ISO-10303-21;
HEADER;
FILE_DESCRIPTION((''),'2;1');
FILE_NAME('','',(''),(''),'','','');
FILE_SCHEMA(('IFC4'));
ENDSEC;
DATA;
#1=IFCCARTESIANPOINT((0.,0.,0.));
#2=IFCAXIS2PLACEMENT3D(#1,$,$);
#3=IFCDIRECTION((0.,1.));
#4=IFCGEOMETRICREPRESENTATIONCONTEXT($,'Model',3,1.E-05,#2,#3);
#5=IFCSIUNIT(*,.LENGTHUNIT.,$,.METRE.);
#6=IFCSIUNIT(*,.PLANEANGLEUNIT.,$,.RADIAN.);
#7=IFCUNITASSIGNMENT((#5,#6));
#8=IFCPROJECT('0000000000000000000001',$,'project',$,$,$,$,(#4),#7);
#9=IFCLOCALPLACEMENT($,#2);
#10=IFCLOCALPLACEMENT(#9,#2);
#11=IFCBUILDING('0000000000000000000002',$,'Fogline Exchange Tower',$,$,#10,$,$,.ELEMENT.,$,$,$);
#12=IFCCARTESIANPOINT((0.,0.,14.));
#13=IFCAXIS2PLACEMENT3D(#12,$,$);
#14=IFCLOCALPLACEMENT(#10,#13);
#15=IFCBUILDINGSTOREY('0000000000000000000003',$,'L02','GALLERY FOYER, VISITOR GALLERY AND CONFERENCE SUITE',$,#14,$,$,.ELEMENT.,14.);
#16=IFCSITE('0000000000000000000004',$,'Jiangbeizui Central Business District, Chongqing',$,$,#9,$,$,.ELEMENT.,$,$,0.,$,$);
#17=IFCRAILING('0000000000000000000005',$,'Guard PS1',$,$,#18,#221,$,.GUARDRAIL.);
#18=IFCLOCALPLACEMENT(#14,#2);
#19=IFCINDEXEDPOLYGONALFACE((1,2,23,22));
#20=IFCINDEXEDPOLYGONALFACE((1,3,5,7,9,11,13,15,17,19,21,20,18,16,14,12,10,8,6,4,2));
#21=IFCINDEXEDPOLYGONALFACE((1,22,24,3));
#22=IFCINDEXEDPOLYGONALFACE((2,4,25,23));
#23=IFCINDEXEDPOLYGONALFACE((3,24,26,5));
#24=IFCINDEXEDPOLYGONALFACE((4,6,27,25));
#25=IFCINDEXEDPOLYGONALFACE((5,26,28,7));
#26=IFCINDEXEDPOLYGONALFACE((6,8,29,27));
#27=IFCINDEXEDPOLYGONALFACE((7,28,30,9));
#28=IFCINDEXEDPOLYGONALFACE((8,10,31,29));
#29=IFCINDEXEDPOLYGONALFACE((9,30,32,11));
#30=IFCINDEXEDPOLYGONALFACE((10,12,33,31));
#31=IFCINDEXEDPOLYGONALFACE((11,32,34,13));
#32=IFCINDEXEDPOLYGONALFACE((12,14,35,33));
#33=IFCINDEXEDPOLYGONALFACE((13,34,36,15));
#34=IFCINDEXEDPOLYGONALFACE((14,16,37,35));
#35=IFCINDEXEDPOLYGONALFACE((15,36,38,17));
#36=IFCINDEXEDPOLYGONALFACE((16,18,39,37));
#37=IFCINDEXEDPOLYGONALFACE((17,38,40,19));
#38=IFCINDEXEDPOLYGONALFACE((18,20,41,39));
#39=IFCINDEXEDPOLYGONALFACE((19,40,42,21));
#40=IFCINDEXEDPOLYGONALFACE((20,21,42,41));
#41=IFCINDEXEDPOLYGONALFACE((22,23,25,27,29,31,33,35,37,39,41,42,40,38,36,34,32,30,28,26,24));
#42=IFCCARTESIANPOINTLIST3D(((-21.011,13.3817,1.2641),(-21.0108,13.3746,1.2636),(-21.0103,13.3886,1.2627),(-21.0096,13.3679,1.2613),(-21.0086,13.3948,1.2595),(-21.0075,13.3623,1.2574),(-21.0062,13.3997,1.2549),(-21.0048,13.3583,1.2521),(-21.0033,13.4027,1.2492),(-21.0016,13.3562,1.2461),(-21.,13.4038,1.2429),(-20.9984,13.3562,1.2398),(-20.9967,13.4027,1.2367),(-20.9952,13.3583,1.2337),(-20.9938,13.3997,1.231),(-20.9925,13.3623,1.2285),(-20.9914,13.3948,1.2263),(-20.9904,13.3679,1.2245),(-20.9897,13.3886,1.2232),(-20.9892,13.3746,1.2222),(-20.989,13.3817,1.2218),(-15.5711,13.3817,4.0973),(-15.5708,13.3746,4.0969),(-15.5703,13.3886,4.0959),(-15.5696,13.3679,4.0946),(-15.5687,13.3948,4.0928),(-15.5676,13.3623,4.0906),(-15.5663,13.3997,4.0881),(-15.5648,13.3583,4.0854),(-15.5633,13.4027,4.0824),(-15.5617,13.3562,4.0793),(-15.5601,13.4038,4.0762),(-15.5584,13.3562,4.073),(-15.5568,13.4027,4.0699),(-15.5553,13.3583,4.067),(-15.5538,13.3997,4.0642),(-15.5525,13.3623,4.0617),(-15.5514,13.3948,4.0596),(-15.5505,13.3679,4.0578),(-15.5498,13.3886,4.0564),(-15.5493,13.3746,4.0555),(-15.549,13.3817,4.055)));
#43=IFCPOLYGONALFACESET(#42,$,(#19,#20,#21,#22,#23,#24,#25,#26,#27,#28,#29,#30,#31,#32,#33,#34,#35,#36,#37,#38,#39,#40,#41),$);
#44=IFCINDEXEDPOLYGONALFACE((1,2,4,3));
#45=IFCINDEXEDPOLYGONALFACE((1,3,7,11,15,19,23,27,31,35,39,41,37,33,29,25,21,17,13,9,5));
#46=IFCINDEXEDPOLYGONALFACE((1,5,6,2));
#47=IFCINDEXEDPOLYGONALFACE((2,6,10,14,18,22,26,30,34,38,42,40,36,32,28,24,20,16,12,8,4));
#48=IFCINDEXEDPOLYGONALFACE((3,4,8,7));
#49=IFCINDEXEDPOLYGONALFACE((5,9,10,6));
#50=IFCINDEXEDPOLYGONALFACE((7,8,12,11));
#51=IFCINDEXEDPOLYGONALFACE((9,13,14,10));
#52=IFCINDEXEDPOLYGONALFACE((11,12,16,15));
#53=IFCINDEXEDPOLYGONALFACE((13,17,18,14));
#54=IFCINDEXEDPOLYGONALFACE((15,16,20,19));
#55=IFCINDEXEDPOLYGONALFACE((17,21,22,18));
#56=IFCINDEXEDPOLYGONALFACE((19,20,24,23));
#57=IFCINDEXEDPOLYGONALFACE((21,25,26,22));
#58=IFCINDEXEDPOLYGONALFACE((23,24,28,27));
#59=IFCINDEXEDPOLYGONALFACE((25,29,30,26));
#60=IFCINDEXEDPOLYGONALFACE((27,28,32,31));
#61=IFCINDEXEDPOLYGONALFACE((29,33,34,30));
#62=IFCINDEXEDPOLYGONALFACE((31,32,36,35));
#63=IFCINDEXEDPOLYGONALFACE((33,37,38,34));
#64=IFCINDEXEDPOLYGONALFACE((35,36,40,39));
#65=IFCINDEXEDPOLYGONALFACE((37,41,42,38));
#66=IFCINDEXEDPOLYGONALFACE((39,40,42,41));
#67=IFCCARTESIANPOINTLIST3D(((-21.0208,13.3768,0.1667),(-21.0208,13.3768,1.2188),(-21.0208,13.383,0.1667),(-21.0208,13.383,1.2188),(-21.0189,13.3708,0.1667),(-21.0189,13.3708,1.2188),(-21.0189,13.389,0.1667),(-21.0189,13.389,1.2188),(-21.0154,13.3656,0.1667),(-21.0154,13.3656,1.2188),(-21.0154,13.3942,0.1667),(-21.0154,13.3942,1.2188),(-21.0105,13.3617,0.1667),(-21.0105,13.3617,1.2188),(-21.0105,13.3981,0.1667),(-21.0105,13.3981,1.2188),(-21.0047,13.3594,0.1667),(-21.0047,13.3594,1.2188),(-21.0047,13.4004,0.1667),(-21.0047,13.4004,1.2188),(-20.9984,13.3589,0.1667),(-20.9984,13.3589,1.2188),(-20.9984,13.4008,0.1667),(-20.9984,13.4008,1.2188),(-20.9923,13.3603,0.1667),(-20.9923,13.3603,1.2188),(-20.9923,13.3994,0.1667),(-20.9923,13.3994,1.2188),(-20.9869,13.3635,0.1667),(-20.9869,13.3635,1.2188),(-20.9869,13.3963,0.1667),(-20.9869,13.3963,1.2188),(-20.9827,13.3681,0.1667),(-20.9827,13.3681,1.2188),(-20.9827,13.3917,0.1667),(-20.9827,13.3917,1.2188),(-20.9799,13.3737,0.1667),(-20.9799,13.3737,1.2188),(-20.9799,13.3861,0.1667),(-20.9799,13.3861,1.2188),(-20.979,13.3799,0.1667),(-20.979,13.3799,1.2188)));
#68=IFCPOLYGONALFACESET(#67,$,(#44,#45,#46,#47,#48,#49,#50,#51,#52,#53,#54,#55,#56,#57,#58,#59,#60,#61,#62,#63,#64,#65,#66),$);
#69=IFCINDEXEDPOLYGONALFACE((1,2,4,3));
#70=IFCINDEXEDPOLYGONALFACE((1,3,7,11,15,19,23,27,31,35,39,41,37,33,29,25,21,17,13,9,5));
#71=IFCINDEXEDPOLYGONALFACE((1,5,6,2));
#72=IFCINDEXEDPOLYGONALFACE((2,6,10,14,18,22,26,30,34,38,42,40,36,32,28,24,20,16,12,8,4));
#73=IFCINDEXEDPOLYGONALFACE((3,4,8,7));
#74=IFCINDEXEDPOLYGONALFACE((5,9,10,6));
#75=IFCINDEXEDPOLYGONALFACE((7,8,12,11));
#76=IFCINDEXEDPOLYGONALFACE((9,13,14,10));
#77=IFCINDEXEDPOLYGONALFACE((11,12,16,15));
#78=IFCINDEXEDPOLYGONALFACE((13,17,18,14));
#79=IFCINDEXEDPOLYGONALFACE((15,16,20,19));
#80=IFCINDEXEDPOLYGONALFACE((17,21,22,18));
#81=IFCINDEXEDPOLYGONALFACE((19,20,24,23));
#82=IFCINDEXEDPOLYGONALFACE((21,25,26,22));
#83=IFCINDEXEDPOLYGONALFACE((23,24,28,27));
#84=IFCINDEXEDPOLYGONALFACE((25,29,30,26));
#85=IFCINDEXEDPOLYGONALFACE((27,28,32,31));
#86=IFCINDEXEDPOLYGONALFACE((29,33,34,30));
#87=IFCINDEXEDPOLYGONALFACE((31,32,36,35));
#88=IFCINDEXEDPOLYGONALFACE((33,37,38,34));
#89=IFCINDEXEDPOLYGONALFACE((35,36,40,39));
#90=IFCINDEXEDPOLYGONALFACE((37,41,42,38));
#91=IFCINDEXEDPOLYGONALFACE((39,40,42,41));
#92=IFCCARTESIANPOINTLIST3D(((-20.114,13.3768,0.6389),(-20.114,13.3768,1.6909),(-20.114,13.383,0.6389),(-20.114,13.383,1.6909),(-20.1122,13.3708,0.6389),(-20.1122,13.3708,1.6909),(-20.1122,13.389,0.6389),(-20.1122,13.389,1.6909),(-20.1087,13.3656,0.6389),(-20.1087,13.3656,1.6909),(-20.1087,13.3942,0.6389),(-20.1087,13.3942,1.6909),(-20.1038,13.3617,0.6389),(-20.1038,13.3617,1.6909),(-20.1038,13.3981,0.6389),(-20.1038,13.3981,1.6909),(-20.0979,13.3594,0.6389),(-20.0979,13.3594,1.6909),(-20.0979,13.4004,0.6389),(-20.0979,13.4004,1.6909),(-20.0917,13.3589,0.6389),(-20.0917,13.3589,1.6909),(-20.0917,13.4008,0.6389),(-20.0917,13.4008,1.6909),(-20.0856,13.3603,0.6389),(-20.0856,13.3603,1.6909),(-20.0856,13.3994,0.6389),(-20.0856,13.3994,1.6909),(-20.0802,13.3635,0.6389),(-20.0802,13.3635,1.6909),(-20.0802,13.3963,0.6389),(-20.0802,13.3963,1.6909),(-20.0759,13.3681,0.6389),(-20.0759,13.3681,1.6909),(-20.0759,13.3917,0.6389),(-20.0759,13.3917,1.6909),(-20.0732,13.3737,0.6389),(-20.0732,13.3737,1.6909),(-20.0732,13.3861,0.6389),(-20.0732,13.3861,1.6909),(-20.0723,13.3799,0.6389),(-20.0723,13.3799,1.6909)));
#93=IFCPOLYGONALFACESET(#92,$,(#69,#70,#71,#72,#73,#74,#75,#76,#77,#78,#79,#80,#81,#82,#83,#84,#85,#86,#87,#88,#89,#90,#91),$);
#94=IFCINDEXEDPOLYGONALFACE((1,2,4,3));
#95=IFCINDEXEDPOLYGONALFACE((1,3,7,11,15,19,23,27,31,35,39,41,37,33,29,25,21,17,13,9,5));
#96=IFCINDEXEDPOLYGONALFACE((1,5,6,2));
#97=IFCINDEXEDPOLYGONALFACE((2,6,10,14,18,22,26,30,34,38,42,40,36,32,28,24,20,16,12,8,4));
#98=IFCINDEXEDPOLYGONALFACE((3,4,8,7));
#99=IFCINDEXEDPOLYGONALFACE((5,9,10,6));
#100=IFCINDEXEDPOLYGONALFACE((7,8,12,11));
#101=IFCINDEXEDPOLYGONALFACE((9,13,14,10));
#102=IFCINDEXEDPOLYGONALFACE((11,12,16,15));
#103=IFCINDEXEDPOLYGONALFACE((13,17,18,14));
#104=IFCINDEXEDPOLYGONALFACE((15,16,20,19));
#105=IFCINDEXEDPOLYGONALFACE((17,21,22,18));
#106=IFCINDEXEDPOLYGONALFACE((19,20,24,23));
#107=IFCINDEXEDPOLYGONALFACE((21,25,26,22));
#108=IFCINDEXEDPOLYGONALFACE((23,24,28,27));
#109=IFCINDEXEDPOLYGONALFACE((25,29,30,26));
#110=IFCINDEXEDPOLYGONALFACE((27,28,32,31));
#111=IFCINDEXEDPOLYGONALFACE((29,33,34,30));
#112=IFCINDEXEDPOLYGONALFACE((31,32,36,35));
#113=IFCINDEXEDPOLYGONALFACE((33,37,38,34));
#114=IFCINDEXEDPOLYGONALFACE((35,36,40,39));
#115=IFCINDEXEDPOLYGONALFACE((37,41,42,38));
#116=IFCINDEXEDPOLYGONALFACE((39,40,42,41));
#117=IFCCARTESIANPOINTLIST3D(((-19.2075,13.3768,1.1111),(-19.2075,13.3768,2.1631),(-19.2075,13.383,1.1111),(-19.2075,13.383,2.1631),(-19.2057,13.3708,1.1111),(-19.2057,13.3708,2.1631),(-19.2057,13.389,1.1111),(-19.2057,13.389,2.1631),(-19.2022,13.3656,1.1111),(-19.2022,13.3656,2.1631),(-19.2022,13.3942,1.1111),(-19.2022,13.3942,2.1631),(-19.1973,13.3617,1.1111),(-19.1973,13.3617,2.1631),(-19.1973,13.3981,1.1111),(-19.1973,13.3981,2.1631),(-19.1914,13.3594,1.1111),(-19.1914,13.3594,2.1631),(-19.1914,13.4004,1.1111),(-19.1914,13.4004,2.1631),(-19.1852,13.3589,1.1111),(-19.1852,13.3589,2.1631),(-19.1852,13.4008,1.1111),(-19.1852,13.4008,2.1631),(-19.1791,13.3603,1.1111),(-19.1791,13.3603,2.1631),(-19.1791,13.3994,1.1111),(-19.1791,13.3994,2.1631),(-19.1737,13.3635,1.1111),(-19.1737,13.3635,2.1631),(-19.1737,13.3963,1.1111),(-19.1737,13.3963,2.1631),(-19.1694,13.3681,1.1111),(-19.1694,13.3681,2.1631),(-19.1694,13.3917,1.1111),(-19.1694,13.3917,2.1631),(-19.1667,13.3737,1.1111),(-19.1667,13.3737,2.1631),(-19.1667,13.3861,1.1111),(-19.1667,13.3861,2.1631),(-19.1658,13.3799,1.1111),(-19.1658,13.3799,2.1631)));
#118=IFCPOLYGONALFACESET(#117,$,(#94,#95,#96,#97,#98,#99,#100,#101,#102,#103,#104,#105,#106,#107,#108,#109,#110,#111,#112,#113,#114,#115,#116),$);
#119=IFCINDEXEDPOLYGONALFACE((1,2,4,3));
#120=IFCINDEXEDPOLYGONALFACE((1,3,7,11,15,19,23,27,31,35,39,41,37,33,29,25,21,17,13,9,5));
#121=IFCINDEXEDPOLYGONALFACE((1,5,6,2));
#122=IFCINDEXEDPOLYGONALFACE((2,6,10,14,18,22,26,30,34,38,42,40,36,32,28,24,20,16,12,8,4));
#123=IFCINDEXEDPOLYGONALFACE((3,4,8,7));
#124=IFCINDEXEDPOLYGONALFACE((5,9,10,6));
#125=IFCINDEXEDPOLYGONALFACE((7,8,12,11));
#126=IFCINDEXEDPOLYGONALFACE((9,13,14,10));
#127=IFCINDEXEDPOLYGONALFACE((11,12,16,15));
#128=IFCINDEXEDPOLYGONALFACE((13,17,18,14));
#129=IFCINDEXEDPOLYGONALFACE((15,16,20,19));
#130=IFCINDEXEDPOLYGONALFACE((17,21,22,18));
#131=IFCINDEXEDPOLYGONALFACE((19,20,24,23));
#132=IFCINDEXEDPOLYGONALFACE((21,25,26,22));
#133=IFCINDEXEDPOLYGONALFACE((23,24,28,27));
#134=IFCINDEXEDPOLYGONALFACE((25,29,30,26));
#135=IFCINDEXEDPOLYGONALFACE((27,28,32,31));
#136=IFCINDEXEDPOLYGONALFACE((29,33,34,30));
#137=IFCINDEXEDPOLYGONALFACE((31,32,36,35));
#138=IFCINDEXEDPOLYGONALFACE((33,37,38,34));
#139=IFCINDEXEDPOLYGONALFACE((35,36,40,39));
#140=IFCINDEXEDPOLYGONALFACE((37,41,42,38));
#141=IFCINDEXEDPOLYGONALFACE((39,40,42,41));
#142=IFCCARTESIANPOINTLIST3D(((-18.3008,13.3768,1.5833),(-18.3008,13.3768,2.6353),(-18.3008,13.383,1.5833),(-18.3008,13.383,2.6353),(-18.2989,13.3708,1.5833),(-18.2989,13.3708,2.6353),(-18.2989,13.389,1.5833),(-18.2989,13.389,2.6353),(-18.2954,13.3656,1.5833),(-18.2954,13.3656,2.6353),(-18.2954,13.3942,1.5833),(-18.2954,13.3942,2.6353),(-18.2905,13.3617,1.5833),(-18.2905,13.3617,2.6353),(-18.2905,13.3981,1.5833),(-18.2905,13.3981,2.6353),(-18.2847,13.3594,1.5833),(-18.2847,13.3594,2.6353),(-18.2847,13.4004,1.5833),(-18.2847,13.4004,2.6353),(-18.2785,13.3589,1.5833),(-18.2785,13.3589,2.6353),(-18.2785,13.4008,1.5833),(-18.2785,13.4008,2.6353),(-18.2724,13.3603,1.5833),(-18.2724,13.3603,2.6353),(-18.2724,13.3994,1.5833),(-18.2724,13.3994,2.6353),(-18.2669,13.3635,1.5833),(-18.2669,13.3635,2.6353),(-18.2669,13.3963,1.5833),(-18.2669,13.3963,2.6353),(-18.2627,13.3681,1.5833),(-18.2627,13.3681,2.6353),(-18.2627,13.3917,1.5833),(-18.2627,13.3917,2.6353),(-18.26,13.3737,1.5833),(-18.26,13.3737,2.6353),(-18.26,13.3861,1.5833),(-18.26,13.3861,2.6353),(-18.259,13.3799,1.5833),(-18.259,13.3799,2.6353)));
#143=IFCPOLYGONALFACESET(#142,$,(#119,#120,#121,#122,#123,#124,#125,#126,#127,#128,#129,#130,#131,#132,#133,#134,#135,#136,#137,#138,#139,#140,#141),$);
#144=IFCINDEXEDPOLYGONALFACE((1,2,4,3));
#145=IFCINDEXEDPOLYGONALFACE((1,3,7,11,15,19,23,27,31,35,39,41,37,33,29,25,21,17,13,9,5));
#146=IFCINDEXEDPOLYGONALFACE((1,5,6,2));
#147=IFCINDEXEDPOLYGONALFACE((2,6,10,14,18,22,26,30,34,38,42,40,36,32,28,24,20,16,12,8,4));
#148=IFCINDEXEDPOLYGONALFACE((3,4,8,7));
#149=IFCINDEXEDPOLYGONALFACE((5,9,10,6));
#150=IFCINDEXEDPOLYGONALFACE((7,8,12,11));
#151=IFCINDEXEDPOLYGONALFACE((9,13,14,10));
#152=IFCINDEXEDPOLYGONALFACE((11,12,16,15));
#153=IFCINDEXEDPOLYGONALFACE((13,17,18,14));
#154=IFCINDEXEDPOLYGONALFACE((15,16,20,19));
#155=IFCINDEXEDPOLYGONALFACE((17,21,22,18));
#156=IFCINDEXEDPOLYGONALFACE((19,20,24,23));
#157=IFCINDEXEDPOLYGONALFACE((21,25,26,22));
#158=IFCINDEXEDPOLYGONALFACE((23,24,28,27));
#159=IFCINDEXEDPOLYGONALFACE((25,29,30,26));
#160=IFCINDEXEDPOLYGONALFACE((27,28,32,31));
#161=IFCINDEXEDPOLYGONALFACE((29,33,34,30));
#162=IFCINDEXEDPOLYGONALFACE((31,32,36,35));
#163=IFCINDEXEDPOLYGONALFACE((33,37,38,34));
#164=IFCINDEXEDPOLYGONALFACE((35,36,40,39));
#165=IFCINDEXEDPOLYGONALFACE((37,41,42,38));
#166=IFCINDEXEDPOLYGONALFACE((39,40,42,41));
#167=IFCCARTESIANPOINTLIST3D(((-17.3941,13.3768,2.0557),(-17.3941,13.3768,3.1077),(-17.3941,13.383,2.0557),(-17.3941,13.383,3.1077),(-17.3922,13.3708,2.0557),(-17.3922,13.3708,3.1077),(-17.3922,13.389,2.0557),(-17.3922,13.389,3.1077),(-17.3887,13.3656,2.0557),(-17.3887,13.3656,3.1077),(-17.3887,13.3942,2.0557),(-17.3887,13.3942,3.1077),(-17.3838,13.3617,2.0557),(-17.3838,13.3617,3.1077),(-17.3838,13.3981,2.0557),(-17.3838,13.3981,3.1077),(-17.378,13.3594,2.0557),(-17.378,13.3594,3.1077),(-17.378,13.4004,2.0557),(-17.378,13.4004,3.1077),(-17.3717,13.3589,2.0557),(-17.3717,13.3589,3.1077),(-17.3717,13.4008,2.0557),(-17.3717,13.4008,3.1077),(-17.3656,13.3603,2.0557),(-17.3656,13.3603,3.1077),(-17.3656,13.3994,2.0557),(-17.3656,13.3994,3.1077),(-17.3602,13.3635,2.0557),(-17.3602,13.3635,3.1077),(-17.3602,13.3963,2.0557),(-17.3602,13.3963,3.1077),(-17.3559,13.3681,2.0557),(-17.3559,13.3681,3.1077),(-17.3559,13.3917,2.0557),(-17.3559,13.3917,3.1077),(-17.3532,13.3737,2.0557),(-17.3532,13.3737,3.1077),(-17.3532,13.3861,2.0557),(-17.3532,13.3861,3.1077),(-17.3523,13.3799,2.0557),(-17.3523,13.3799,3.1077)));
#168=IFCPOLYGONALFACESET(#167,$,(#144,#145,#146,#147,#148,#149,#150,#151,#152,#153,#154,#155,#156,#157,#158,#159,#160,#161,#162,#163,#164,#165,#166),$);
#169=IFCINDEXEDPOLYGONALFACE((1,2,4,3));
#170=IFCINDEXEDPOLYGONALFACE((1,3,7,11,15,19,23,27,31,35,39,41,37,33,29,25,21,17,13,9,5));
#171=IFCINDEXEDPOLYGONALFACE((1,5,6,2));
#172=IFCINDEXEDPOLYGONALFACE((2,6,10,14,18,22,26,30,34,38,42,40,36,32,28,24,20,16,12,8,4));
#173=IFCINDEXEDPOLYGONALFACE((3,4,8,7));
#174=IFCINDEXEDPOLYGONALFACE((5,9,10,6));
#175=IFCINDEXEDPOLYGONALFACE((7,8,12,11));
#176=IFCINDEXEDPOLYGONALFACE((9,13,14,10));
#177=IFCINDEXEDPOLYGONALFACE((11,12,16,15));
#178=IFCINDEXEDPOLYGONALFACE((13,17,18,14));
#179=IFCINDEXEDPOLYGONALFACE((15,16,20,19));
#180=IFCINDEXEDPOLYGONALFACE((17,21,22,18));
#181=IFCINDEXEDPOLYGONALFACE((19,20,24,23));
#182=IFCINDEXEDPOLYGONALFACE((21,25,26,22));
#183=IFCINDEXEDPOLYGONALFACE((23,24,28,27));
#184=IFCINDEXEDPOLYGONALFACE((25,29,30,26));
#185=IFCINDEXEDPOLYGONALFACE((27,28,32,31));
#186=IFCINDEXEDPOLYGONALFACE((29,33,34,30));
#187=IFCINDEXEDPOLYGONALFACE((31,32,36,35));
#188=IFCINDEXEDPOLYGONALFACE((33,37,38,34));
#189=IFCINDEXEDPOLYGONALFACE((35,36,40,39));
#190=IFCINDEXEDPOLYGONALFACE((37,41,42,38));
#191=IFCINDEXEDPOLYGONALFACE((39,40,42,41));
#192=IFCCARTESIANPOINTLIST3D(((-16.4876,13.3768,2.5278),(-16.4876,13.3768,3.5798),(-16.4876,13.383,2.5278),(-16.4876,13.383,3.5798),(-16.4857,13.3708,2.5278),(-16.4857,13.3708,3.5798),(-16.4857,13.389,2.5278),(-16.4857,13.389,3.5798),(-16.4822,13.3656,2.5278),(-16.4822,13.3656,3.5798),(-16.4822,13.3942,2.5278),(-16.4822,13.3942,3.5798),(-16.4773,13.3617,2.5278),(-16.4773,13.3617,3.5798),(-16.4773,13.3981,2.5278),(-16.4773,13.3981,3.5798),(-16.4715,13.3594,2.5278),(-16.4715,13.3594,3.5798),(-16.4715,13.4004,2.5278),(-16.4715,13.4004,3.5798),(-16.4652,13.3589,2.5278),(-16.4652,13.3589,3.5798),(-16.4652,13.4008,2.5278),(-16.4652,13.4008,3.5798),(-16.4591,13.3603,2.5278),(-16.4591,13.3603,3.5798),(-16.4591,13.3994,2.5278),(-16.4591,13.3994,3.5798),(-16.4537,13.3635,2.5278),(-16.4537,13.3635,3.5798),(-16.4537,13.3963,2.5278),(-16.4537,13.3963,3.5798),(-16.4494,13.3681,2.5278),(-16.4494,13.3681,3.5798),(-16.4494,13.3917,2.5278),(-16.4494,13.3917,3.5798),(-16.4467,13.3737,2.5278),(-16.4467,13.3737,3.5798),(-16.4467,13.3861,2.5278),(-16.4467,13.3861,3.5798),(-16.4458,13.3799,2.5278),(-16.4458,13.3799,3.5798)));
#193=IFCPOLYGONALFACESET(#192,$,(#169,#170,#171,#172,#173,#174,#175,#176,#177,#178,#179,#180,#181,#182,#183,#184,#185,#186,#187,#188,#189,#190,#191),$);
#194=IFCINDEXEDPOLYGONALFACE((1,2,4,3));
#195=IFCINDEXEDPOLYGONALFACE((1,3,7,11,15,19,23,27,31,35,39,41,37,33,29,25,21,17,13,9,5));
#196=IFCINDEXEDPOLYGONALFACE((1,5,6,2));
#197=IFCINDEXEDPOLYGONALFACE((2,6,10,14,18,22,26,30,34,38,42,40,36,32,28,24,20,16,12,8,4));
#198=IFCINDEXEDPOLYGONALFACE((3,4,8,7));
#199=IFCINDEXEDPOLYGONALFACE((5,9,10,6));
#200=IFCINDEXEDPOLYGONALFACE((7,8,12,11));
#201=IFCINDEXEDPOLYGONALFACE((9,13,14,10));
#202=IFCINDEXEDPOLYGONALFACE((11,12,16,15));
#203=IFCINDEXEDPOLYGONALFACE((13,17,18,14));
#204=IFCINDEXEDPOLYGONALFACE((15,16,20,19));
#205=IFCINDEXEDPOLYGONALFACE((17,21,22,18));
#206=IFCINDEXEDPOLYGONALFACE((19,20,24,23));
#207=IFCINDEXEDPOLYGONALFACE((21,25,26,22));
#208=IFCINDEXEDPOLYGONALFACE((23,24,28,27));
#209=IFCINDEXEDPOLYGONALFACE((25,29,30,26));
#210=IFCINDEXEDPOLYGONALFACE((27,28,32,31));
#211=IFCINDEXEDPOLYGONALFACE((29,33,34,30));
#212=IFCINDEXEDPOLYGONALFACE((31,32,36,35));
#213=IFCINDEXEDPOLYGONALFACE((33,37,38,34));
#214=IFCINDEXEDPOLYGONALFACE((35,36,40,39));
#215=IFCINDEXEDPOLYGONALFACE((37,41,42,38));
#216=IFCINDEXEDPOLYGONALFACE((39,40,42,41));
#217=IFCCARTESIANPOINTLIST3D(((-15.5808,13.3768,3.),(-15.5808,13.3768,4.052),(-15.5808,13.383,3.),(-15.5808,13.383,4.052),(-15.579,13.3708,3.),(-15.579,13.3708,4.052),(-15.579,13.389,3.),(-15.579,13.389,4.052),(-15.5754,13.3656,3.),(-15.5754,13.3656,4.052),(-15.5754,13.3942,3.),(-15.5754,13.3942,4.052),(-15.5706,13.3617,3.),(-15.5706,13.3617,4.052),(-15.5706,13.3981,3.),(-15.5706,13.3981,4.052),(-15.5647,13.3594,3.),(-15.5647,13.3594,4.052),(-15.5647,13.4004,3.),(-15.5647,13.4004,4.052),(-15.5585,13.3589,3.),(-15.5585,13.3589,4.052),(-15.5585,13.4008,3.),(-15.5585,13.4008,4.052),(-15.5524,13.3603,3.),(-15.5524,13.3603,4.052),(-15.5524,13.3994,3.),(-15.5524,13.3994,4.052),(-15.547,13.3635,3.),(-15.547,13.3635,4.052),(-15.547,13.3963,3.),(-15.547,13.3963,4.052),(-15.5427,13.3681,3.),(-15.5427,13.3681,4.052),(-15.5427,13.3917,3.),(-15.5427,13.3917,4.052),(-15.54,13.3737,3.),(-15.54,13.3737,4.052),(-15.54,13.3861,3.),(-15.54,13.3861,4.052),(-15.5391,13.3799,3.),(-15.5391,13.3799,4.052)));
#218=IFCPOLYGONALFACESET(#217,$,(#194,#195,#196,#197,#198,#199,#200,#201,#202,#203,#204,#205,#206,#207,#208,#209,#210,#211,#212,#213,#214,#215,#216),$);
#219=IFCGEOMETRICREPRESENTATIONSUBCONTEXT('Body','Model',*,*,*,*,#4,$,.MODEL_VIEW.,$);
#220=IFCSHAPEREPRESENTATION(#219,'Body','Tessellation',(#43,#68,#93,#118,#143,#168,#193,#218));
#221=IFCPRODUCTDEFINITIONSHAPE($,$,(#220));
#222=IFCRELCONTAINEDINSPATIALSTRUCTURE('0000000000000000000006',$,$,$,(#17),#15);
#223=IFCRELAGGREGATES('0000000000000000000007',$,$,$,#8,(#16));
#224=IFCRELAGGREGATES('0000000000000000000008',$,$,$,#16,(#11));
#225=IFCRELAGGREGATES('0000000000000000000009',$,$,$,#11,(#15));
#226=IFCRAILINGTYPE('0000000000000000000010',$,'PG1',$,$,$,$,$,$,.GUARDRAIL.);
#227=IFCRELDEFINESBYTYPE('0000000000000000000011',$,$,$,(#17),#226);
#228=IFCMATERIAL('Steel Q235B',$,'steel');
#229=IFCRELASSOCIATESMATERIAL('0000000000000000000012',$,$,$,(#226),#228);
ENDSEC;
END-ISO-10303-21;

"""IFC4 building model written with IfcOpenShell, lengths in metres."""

from ifc_helpers import new_model, si_unit, direction, frame, origin, origin_2d, place, context, subcontext, project, spatial, circle, extrude, material, type_object, element, save


model = new_model("IFC4")

# Units and contexts
model_context = context("Model", 3, precision=1e-05, world=origin(), true_north=direction((0.0, 1.0)))
body_context = subcontext(model_context, "Body", "Model", "MODEL_VIEW")
ifc_project = project(units=[si_unit("LENGTHUNIT", "METRE"), si_unit("PLANEANGLEUNIT", "RADIAN")], contexts=[model_context])

# Site, building, storey
site_placement = place(None, origin())
site = spatial("IfcSite", under=ifc_project, at=site_placement, Name="Jiangbeizui Central Business District, Chongqing", CompositionType="ELEMENT", RefElevation=0.0)
building_placement = place(site_placement, origin())
building = spatial("IfcBuilding", under=site, at=building_placement, Name="Fogline Exchange Tower", CompositionType="ELEMENT")
storey_placement = place(building_placement, frame((0.0, 0.0, 14.0)))
storey = spatial("IfcBuildingStorey", under=building, at=storey_placement, Name="L02", Description="GALLERY FOYER, VISITOR GALLERY AND CONFERENCE SUITE", CompositionType="ELEMENT", Elevation=14.0)

# Railing
ifc_material_1 = material(Name="Steel Q235B", Category="steel")
railing_type_1 = type_object("IfcRailingType", Name="PG1", PredefinedType="GUARDRAIL", material=ifc_material_1)
railing_placement = place(storey_placement, frame((-21.0, 13.3799, 0.1667)))
element("IfcRailing", 1, at=railing_placement, inside=storey, type_object=railing_type_1, Name="Guard PS1", PredefinedType="GUARDRAIL", context=body_context, shape_type="SweptSolid", body=[
    extrude(circle(Radius=0.0239, at=origin_2d()), frame((0.0, 0.0, 1.0762), z_axis=(0.886917, 0.0, 0.461928), x_axis=(0.0, 1.0, 0.0)), (0.0, 0.0, 1.0), 6.1335),
    extrude(circle(Radius=0.021, at=origin_2d()), origin(), (0.0, 0.0, 1.0), 1.052),
    extrude(circle(Radius=0.021, at=origin_2d()), frame((0.9067, 0.0, 0.4722)), (0.0, 0.0, 1.0), 1.052),
    extrude(circle(Radius=0.021, at=origin_2d()), frame((1.8132, 0.0, 0.9443)), (0.0, 0.0, 1.0), 1.052),
    extrude(circle(Radius=0.021, at=origin_2d()), frame((2.72, 0.0, 1.4165)), (0.0, 0.0, 1.0), 1.052),
    extrude(circle(Radius=0.021, at=origin_2d()), frame((3.6267, 0.0, 1.8889)), (0.0, 0.0, 1.0), 1.052),
    extrude(circle(Radius=0.021, at=origin_2d()), frame((4.5332, 0.0, 2.3611)), (0.0, 0.0, 1.0), 1.052),
    extrude(circle(Radius=0.021, at=origin_2d()), frame((5.4399, 0.0, 2.8333)), (0.0, 0.0, 1.0), 1.052),
])

save(model, "model.ifc")
